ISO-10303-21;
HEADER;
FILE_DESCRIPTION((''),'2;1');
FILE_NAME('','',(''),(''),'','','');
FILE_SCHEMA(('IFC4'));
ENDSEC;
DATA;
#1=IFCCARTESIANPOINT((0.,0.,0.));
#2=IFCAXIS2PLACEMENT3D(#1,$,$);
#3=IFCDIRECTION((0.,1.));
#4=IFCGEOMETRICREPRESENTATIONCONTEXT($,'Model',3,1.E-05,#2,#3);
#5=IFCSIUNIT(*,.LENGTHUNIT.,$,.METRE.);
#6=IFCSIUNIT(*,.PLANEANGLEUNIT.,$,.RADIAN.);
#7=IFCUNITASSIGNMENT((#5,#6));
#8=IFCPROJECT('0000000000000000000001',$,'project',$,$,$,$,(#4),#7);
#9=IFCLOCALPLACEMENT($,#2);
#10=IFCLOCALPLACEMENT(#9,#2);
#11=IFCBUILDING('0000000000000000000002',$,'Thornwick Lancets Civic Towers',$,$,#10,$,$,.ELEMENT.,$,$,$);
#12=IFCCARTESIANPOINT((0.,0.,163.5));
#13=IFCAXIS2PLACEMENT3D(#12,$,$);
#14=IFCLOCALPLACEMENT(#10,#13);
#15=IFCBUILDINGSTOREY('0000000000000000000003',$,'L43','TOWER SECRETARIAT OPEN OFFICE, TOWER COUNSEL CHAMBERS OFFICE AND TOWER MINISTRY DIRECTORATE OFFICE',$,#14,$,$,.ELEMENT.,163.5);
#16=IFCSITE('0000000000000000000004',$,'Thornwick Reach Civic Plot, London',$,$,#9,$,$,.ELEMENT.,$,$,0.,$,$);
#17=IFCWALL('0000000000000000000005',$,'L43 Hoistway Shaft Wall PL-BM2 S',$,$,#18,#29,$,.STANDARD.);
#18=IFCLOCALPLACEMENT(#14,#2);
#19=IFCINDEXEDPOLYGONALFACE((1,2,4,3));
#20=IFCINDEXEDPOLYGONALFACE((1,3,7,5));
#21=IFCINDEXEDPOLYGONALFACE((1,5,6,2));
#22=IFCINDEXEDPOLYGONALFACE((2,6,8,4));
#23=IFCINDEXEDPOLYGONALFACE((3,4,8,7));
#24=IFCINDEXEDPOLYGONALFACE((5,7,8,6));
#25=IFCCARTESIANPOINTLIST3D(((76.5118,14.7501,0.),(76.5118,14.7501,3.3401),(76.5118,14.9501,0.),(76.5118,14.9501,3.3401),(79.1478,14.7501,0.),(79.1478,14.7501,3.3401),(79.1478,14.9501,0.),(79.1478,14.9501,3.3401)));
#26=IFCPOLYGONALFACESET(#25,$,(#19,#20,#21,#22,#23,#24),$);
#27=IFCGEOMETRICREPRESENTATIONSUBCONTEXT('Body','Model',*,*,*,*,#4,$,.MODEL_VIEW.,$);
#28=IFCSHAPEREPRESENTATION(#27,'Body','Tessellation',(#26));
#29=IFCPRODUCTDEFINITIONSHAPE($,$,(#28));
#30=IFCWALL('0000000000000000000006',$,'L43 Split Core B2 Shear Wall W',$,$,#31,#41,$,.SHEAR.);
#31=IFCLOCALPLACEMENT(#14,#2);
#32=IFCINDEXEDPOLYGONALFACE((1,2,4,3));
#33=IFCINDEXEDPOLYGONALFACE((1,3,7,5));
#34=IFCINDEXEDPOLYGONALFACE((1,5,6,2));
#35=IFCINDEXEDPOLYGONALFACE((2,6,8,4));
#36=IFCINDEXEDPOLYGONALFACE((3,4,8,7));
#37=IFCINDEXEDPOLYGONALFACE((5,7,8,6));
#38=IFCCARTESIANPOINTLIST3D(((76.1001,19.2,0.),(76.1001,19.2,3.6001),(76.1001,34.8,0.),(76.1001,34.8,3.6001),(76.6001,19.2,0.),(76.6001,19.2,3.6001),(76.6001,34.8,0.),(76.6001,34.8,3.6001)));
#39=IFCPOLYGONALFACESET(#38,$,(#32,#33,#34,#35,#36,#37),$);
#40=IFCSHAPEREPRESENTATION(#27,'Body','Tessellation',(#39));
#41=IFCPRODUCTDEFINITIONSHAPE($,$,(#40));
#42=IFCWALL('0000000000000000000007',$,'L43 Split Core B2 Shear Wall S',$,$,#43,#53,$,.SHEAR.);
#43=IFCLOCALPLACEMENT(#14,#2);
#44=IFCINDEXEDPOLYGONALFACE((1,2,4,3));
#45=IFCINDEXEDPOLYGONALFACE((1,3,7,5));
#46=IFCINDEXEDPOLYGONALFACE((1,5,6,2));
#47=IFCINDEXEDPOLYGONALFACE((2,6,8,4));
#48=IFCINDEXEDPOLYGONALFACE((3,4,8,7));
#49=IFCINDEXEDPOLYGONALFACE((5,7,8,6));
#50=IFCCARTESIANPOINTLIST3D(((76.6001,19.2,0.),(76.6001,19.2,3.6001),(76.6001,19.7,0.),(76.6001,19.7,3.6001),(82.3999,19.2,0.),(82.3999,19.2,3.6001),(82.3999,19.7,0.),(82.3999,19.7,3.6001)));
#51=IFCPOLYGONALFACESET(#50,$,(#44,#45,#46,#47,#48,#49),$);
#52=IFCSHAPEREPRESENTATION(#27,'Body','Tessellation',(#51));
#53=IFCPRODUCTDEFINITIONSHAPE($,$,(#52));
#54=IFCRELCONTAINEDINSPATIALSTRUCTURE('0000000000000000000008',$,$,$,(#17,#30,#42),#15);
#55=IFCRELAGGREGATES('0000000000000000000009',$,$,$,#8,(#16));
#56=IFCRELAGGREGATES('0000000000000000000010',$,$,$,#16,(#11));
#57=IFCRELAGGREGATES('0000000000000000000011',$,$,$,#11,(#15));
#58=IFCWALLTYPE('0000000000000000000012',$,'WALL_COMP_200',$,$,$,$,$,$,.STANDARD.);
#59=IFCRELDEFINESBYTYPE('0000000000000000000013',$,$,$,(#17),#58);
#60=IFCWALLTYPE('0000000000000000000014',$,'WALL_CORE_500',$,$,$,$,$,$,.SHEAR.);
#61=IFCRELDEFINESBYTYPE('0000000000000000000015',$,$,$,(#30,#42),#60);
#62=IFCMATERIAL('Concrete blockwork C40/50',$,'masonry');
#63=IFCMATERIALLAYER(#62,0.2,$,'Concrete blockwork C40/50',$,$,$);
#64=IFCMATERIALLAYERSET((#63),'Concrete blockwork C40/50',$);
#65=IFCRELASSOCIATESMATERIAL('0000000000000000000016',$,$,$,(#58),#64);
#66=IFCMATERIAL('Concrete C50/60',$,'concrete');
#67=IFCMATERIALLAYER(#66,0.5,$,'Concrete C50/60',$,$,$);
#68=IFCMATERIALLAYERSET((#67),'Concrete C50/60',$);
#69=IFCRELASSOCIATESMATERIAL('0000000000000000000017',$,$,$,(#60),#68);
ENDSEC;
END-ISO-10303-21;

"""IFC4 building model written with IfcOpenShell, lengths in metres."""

from ifc_helpers import new_model, si_unit, direction, frame, frame_2d, origin, place, context, subcontext, project, spatial, rectangle, extrude, material, layer, layer_set, type_object, element, save


model = new_model("IFC4")

# Units and contexts
model_context = context("Model", 3, precision=1e-05, world=origin(), true_north=direction((0.0, 1.0)))
body_context = subcontext(model_context, "Body", "Model", "MODEL_VIEW")
ifc_project = project(units=[si_unit("LENGTHUNIT", "METRE"), si_unit("PLANEANGLEUNIT", "RADIAN")], contexts=[model_context])

# Site, building, storey
site_placement = place(None, origin())
site = spatial("IfcSite", under=ifc_project, at=site_placement, Name="Thornwick Reach Civic Plot, London", CompositionType="ELEMENT", RefElevation=0.0)
building_placement = place(site_placement, origin())
building = spatial("IfcBuilding", under=site, at=building_placement, Name="Thornwick Lancets Civic Towers", CompositionType="ELEMENT")
storey_placement = place(building_placement, frame((0.0, 0.0, 163.5)))
storey = spatial("IfcBuildingStorey", under=building, at=storey_placement, Name="L43", Description="TOWER SECRETARIAT OPEN OFFICE, TOWER COUNSEL CHAMBERS OFFICE AND TOWER MINISTRY DIRECTORATE OFFICE", CompositionType="ELEMENT", Elevation=163.5)

# Shared definitions
ifc_material_1 = material(Name="Concrete C50/60", Category="concrete")

# Walls
ifc_material_2 = material(Name="Concrete blockwork C40/50", Category="masonry")
ifc_layer_1 = layer(ifc_material_2, 0.2, Name="Concrete blockwork C40/50")
ifc_layer_set_1 = layer_set([ifc_layer_1], Name="Concrete blockwork C40/50")
wall_type_1 = type_object("IfcWallType", Name="WALL_COMP_200", PredefinedType="STANDARD", material=ifc_layer_set_1)
wall_1_placement = place(storey_placement, frame((76.512, 14.8501, 0.0), z_axis=(0.0, 0.0, 1.0), x_axis=(1.0, 0.0, 0.0)))
element("IfcWall", 1, at=wall_1_placement, inside=storey, type_object=wall_type_1, Name="L43 Hoistway Shaft Wall PL-BM2 S", PredefinedType="STANDARD", context=body_context, shape_type="SweptSolid", body=[
    extrude(rectangle(XDim=2.636, YDim=0.2, at=frame_2d((1.3179, 0.0))), origin(), (0.0, 0.0, 1.0), 3.3401),
])
ifc_layer_2 = layer(ifc_material_1, 0.5, Name="Concrete C50/60")
ifc_layer_set_2 = layer_set([ifc_layer_2], Name="Concrete C50/60")
wall_type_2 = type_object("IfcWallType", Name="WALL_CORE_500", PredefinedType="SHEAR", material=ifc_layer_set_2)
wall_2_placement = place(storey_placement, frame((76.3501, 19.2, 0.0), z_axis=(0.0, 0.0, 1.0), x_axis=(0.0, 1.0, 0.0)))
element("IfcWall", 2, at=wall_2_placement, inside=storey, type_object=wall_type_2, Name="L43 Split Core B2 Shear Wall W", PredefinedType="SHEAR", context=body_context, shape_type="SweptSolid", body=[
    extrude(rectangle(XDim=15.6001, YDim=0.5, at=frame_2d((7.8, 0.0))), origin(), (0.0, 0.0, 1.0), 3.6001),
])
wall_3_placement = place(storey_placement, frame((76.6001, 19.45, 0.0), z_axis=(0.0, 0.0, 1.0), x_axis=(1.0, 0.0, 0.0)))
element("IfcWall", 3, at=wall_3_placement, inside=storey, type_object=wall_type_2, Name="L43 Split Core B2 Shear Wall S", PredefinedType="SHEAR", context=body_context, shape_type="SweptSolid", body=[
    extrude(rectangle(XDim=5.7998, YDim=0.5, at=frame_2d((2.8999, 0.0))), origin(), (0.0, 0.0, 1.0), 3.6001),
])

save(model, "model.ifc")
